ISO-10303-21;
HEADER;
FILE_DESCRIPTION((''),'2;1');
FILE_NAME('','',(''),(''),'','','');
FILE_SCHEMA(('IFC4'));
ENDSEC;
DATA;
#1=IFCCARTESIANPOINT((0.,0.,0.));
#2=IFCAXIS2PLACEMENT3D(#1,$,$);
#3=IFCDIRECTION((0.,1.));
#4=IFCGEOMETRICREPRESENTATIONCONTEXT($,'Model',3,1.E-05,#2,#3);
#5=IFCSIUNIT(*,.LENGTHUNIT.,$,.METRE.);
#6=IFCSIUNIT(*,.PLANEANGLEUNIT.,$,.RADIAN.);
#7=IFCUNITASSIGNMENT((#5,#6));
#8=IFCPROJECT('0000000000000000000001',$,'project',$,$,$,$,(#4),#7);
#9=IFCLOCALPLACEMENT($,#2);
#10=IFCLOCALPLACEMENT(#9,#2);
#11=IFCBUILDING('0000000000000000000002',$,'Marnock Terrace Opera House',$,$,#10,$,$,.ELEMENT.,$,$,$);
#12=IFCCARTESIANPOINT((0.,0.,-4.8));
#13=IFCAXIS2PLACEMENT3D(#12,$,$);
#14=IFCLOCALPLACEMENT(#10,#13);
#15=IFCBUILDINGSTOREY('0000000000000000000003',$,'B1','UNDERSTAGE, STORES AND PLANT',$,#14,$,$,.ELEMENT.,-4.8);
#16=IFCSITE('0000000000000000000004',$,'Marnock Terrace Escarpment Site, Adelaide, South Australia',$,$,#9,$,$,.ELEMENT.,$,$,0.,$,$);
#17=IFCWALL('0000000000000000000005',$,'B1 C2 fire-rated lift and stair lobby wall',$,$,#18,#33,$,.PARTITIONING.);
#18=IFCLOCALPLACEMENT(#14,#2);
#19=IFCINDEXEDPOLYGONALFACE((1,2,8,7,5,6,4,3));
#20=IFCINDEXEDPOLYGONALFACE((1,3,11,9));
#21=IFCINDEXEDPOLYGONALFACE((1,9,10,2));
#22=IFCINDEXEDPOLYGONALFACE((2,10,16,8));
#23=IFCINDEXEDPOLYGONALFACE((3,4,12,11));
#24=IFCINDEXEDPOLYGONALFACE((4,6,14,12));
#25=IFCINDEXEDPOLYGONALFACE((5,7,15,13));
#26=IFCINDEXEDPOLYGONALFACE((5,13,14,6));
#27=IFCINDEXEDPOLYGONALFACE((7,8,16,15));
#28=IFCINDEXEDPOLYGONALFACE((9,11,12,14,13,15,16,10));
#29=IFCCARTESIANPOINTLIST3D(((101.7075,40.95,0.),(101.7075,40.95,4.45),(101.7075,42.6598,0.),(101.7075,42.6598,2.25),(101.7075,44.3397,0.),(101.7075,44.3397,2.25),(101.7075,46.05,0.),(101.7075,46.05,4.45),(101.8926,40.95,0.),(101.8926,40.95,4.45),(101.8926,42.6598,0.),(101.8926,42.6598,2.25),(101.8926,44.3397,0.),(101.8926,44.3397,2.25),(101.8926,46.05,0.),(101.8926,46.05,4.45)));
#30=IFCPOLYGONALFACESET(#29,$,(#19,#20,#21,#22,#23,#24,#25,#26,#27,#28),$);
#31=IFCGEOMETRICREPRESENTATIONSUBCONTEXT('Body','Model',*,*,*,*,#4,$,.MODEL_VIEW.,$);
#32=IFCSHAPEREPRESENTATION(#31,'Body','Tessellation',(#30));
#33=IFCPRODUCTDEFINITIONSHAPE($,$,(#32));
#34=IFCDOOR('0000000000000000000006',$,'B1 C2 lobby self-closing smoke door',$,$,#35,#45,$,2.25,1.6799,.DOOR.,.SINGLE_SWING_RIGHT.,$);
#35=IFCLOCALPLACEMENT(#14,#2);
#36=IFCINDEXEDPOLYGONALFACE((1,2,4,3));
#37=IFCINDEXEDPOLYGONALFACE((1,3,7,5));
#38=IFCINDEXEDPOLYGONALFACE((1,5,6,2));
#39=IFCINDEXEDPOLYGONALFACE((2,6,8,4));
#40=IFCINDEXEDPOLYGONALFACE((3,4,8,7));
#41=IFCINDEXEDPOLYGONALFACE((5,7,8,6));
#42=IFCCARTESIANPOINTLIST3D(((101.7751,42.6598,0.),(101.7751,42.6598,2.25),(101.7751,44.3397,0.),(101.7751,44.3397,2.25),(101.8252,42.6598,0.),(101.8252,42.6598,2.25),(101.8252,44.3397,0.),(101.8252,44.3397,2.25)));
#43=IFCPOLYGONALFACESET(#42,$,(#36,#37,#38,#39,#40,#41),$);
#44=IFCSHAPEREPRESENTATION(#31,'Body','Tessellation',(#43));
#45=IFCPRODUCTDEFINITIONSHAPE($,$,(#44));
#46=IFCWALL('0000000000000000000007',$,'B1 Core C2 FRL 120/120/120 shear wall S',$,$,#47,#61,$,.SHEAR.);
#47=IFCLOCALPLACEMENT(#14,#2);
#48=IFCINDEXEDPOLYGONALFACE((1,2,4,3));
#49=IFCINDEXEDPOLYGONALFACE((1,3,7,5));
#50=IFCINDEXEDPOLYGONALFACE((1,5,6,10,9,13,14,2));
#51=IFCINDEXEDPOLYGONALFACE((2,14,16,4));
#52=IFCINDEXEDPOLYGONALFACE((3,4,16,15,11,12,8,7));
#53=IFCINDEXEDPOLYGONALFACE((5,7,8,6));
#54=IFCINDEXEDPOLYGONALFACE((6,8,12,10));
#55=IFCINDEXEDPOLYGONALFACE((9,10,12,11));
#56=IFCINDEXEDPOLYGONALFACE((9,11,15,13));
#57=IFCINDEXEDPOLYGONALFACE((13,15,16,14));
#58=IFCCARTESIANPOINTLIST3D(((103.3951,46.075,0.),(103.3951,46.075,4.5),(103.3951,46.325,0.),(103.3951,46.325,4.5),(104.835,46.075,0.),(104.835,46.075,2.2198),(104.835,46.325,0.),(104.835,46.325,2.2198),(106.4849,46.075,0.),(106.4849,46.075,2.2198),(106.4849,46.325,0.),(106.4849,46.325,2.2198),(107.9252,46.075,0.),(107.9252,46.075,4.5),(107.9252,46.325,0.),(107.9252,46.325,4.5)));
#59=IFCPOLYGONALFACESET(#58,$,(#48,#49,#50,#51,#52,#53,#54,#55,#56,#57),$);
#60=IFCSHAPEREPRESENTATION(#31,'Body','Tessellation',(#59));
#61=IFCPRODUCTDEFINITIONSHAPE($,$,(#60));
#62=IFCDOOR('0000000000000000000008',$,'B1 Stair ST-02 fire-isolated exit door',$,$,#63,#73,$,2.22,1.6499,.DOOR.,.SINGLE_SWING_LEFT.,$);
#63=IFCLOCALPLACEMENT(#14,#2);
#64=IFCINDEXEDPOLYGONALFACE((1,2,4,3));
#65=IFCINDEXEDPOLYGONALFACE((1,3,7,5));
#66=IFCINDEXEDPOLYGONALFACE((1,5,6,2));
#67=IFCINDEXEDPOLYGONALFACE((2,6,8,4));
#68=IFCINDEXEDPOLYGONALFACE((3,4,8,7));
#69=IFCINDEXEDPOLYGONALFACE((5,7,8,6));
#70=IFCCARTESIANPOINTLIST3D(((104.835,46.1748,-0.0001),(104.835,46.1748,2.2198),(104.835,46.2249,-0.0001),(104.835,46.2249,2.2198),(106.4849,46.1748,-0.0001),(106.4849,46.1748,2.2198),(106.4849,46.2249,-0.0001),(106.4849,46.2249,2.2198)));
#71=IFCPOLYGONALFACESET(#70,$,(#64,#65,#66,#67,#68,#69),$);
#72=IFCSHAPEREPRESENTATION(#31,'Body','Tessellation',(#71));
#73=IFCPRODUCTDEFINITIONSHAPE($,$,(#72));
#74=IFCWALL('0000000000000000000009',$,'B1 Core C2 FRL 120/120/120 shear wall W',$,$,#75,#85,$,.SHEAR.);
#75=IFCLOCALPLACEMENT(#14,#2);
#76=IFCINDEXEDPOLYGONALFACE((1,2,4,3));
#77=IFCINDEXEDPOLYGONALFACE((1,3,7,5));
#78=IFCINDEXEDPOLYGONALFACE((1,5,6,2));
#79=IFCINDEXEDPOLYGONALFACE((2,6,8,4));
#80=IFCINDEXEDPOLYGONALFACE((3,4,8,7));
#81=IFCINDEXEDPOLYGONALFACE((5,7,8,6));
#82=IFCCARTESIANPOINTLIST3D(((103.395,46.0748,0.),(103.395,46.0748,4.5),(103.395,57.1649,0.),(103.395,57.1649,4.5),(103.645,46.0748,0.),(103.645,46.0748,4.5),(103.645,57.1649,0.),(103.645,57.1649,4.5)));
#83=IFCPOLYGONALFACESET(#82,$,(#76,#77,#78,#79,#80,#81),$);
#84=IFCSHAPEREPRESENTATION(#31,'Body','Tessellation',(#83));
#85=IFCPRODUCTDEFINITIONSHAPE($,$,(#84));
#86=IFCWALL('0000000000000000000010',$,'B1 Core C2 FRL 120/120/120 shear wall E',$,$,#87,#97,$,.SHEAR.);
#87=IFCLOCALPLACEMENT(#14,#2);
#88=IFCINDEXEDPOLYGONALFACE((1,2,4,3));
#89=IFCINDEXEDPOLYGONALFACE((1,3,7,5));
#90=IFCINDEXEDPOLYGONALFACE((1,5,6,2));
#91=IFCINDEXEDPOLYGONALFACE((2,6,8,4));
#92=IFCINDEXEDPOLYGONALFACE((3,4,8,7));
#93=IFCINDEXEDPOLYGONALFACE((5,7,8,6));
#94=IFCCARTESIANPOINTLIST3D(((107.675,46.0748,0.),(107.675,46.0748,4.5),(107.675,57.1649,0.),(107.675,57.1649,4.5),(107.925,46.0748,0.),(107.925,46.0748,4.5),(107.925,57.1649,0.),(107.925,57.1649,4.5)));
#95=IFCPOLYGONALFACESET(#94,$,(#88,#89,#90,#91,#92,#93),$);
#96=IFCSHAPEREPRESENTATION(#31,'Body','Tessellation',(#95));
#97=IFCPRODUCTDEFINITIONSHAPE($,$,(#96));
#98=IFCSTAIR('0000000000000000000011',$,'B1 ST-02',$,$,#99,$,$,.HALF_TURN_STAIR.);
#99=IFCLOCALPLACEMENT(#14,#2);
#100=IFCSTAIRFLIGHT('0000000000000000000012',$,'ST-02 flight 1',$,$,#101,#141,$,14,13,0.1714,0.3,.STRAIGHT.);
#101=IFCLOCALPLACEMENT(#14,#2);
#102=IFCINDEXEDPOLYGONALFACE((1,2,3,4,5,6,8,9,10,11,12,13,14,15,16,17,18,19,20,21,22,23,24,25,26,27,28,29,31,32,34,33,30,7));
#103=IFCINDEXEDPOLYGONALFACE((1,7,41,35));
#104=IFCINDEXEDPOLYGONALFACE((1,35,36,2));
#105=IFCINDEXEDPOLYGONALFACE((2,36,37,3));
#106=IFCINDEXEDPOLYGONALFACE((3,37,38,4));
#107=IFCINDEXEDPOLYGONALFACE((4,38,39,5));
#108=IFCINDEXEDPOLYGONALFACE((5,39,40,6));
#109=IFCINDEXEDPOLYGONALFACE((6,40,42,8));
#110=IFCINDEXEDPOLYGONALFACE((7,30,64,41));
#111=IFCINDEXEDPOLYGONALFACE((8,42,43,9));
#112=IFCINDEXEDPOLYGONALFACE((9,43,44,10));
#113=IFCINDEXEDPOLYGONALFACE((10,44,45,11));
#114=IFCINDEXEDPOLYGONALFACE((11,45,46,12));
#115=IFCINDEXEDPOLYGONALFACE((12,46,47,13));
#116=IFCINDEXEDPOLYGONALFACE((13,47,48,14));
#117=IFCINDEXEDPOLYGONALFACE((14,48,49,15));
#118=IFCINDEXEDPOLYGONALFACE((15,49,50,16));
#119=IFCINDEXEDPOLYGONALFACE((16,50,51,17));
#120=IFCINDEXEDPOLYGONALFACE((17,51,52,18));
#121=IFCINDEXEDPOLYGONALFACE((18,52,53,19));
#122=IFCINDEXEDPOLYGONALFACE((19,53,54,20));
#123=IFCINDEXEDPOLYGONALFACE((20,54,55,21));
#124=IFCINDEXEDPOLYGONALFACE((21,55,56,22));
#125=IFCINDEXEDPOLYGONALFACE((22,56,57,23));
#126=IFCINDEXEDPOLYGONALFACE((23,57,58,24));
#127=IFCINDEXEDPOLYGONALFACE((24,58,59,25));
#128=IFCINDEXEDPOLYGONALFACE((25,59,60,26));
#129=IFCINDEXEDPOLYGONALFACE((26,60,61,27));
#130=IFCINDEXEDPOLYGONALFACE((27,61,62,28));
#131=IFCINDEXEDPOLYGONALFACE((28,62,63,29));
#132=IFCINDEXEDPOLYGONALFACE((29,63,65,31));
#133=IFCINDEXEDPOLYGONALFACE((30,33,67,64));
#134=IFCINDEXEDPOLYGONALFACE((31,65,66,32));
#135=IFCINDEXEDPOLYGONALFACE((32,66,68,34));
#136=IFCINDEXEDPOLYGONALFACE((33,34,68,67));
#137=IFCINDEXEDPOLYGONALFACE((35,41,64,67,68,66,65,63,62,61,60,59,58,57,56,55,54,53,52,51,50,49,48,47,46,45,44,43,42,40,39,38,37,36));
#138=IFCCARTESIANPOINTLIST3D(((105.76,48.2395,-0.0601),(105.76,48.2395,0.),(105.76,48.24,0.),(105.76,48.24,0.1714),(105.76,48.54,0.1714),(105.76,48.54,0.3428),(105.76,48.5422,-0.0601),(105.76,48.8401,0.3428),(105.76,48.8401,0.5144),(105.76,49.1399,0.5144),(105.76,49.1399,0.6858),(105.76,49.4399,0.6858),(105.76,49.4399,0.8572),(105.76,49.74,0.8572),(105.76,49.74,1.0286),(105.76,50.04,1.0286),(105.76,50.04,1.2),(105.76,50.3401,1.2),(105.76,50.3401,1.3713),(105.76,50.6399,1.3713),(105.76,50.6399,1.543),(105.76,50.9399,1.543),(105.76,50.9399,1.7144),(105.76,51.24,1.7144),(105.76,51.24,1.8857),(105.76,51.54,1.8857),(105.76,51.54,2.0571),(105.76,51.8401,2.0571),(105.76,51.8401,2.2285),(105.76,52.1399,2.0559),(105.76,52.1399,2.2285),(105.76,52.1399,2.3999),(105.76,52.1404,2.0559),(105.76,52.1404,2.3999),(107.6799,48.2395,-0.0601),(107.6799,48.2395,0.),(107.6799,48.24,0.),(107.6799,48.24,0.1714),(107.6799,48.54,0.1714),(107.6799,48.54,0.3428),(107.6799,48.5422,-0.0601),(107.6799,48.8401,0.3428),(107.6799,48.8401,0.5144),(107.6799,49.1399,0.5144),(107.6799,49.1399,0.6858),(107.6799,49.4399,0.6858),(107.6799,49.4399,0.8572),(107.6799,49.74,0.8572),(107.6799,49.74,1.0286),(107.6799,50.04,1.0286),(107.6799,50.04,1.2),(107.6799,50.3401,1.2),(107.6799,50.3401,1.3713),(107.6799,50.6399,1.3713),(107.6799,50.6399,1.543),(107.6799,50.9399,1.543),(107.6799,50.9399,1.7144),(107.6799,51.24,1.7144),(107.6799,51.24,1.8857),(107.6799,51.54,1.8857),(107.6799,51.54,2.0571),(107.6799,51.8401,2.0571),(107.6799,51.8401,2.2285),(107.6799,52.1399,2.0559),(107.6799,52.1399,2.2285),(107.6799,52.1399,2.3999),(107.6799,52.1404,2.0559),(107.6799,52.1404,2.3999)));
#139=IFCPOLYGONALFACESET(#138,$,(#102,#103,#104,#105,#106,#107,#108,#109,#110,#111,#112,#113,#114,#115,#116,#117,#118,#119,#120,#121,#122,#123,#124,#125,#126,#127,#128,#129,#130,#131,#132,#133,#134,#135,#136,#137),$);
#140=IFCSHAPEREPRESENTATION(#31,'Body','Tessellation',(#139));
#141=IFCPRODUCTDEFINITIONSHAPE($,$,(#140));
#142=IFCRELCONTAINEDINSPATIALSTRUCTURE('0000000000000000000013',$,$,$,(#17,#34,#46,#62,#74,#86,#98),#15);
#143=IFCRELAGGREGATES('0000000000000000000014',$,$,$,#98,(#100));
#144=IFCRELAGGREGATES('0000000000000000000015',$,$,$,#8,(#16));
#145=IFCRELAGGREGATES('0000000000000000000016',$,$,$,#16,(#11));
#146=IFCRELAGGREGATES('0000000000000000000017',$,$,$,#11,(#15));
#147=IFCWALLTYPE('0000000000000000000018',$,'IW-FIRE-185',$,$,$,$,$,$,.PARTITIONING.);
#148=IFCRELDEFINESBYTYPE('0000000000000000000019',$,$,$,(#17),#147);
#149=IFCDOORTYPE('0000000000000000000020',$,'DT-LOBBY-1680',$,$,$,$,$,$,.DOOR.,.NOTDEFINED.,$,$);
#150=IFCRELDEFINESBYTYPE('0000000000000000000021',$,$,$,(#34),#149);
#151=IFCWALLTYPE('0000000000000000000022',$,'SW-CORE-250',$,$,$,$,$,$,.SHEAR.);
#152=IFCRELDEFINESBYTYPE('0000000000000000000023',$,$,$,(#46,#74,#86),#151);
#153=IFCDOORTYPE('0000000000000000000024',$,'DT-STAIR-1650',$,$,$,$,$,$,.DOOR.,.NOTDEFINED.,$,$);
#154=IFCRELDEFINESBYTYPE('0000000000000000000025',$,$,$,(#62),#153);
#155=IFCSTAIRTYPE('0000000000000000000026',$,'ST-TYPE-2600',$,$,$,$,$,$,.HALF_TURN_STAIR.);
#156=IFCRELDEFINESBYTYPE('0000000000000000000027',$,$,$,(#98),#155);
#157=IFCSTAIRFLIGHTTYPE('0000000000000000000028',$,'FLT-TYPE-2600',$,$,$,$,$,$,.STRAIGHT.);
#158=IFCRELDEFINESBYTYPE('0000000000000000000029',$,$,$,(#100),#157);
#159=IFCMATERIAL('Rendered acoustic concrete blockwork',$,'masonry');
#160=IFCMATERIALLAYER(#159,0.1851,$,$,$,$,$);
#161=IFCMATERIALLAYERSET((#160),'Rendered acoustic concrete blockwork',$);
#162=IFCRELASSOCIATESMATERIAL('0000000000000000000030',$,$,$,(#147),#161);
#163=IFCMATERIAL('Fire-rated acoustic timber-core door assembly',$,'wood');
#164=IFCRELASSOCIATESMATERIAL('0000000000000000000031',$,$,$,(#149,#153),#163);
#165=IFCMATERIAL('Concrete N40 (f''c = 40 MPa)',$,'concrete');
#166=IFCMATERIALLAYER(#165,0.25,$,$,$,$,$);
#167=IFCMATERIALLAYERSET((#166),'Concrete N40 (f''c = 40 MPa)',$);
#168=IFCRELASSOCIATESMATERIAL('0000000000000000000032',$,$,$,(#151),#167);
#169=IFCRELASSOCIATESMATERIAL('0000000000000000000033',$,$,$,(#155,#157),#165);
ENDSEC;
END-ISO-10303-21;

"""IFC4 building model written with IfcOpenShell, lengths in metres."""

from ifc_helpers import new_model, si_unit, direction, frame, frame_2d, origin, place, context, subcontext, project, spatial, polyline, rectangle, outline, extrude, material, layer, layer_set, type_object, element, fill, aggregate, save


model = new_model("IFC4")

# Units and contexts
model_context = context("Model", 3, precision=1e-05, world=origin(), true_north=direction((0.0, 1.0)))
body_context = subcontext(model_context, "Body", "Model", "MODEL_VIEW")
ifc_project = project(units=[si_unit("LENGTHUNIT", "METRE"), si_unit("PLANEANGLEUNIT", "RADIAN")], contexts=[model_context])

# Site, building, storey
site_placement = place(None, origin())
site = spatial("IfcSite", under=ifc_project, at=site_placement, Name="Marnock Terrace Escarpment Site, Adelaide, South Australia", CompositionType="ELEMENT", RefElevation=0.0)
building_placement = place(site_placement, origin())
building = spatial("IfcBuilding", under=site, at=building_placement, Name="Marnock Terrace Opera House", CompositionType="ELEMENT")
storey_placement = place(building_placement, frame((0.0, 0.0, -4.8)))
storey = spatial("IfcBuildingStorey", under=building, at=storey_placement, Name="B1", Description="UNDERSTAGE, STORES AND PLANT", CompositionType="ELEMENT", Elevation=-4.8)

# Shared definitions
ifc_material_1 = material(Name="Concrete N40 (f'c = 40 MPa)", Category="concrete")

# Walls, openings, doors
ifc_material_2 = material(Name="Rendered acoustic concrete blockwork", Category="masonry")
ifc_layer_1 = layer(ifc_material_2, 0.1851)
ifc_layer_set_1 = layer_set([ifc_layer_1], Name="Rendered acoustic concrete blockwork")
wall_type_1 = type_object("IfcWallType", Name="IW-FIRE-185", PredefinedType="PARTITIONING", material=ifc_layer_set_1)
wall_1_placement = place(storey_placement, frame((101.8, 40.95, 0.0), z_axis=(0.0, 0.0, 1.0), x_axis=(0.0, 1.0, 0.0)))
wall_1 = element("IfcWall", 1, at=wall_1_placement, inside=storey, type_object=wall_type_1, Name="B1 C2 fire-rated lift and stair lobby wall", PredefinedType="PARTITIONING", context=body_context, shape_type="SweptSolid", body=[
    extrude(rectangle(XDim=5.1001, YDim=0.1851, at=frame_2d((2.55, 0.0))), origin(), (0.0, 0.0, 1.0), 4.45),
])
opening_1_placement = place(wall_1_placement, frame((1.71, 0.0, 0.0)))
opening_1 = element("IfcOpeningElement", 2, at=opening_1_placement, cuts=wall_1, PredefinedType="OPENING", context=body_context, shape_type="SweptSolid", body=[
    extrude(rectangle(XDim=1.6799, YDim=2.25, at=frame_2d((0.8398, 1.125))), frame((0.0, 0.1025, 0.0), z_axis=(0.0, -1.0, 0.0), x_axis=(1.0, 0.0, 0.0)), (0.0, 0.0, 1.0), 0.2051),
])
ifc_material_3 = material(Name="Fire-rated acoustic timber-core door assembly", Category="wood")
door_type_1 = type_object("IfcDoorType", Name="DT-LOBBY-1680", OperationType="NOTDEFINED", PredefinedType="DOOR", material=ifc_material_3)
door_1_placement = place(opening_1_placement, origin())
door_1 = element("IfcDoor", 3, at=door_1_placement, inside=storey, type_object=door_type_1, Name="B1 C2 lobby self-closing smoke door", OperationType="SINGLE_SWING_RIGHT", OverallHeight=2.25, OverallWidth=1.6799, PredefinedType="DOOR", context=body_context, shape_type="SweptSolid", body=[
    extrude(rectangle(XDim=1.6799, YDim=2.25, at=frame_2d((0.8398, 1.125))), frame((0.0, 0.0249, 0.0), z_axis=(0.0, -1.0, 0.0), x_axis=(1.0, 0.0, 0.0)), (0.0, 0.0, 1.0), 0.05),
])
fill(opening_1, door_1)
ifc_layer_2 = layer(ifc_material_1, 0.25)
ifc_layer_set_2 = layer_set([ifc_layer_2], Name="Concrete N40 (f'c = 40 MPa)")
wall_type_2 = type_object("IfcWallType", Name="SW-CORE-250", PredefinedType="SHEAR", material=ifc_layer_set_2)
wall_2_placement = place(storey_placement, frame((103.395, 46.2, 0.0), z_axis=(0.0, 0.0, 1.0), x_axis=(1.0, 0.0, 0.0)))
wall_2 = element("IfcWall", 4, at=wall_2_placement, inside=storey, type_object=wall_type_2, Name="B1 Core C2 FRL 120/120/120 shear wall S", PredefinedType="SHEAR", context=body_context, shape_type="SweptSolid", body=[
    extrude(rectangle(XDim=4.53, YDim=0.25, at=frame_2d((2.2651, 0.0))), origin(), (0.0, 0.0, 1.0), 4.5),
])
opening_2_placement = place(wall_2_placement, frame((1.4399, 0.0, 0.0)))
opening_2 = element("IfcOpeningElement", 5, at=opening_2_placement, cuts=wall_2, PredefinedType="OPENING", context=body_context, shape_type="SweptSolid", body=[
    extrude(rectangle(XDim=1.6499, YDim=2.22, at=frame_2d((0.825, 1.1099))), frame((0.0, 0.135, 0.0), z_axis=(0.0, -1.0, 0.0), x_axis=(1.0, 0.0, 0.0)), (0.0, 0.0, 1.0), 0.27),
])
door_type_2 = type_object("IfcDoorType", Name="DT-STAIR-1650", OperationType="NOTDEFINED", PredefinedType="DOOR", material=ifc_material_3)
door_2_placement = place(opening_2_placement, origin())
door_2 = element("IfcDoor", 6, at=door_2_placement, inside=storey, type_object=door_type_2, Name="B1 Stair ST-02 fire-isolated exit door", OperationType="SINGLE_SWING_LEFT", OverallHeight=2.22, OverallWidth=1.6499, PredefinedType="DOOR", context=body_context, shape_type="SweptSolid", body=[
    extrude(rectangle(XDim=1.6499, YDim=2.22, at=frame_2d((0.825, 1.1099))), frame((0.0, 0.0249, 0.0), z_axis=(0.0, -1.0, 0.0), x_axis=(1.0, 0.0, 0.0)), (0.0, 0.0, 1.0), 0.05),
])
fill(opening_2, door_2)

# Walls
for number, where, z_axis, x_axis, name in (
    (7, (103.52, 46.075, 0.0), (0.0, 0.0, 1.0), (0.0, 1.0, 0.0), "B1 Core C2 FRL 120/120/120 shear wall W"),
    (8, (107.8, 46.075, 0.0), (0.0, 0.0, 1.0), (0.0, 1.0, 0.0), "B1 Core C2 FRL 120/120/120 shear wall E"),
):
    element("IfcWall", number, at=place(storey_placement, frame(where, z_axis=z_axis, x_axis=x_axis)), inside=storey, type_object=wall_type_2, Name=name, PredefinedType="SHEAR", context=body_context, shape_type="SweptSolid", body=[
        extrude(rectangle(XDim=11.0901, YDim=0.25, at=frame_2d((5.5449, 0.0))), origin(), (0.0, 0.0, 1.0), 4.5),
    ])

# Stair, stair flight
stair_type = type_object("IfcStairType", Name="ST-TYPE-2600", PredefinedType="HALF_TURN_STAIR", material=ifc_material_1)
stair_placement = place(storey_placement, origin())
stair = element("IfcStair", 9, at=stair_placement, inside=storey, type_object=stair_type, Name="B1 ST-02", PredefinedType="HALF_TURN_STAIR")
stair_flight_type = type_object("IfcStairFlightType", Name="FLT-TYPE-2600", PredefinedType="STRAIGHT", material=ifc_material_1)
stair_flight_placement = place(storey_placement, frame((106.72, 48.24, 0.0), z_axis=(0.0, 0.0, 1.0), x_axis=(0.0, 1.0, 0.0)))
stair_flight = element("IfcStairFlight", 10, at=stair_flight_placement, type_object=stair_flight_type, Name="ST-02 flight 1", NumberOfRisers=14, NumberOfTreads=13, PredefinedType="STRAIGHT", RiserHeight=0.1714, TreadLength=0.3, context=body_context, shape_type="SweptSolid", body=[
    extrude(outline(polyline([(-0.0005, -0.0601), (-0.0005, 0.0), (0.0, 0.0), (0.0, 0.1714), (0.3, 0.1714), (0.3, 0.3428), (0.6001, 0.3428), (0.6001, 0.5144), (0.8999, 0.5144), (0.8999, 0.6858), (1.2, 0.6858), (1.2, 0.8572), (1.5, 0.8572), (1.5, 1.0286), (1.8, 1.0286), (1.8, 1.2), (2.1001, 1.2), (2.1001, 1.3713), (2.3999, 1.3713), (2.3999, 1.543), (2.7, 1.543), (2.7, 1.7144), (3.0, 1.7144), (3.0, 1.8857), (3.3, 1.8857), (3.3, 2.0571), (3.6001, 2.0571), (3.6001, 2.2285), (3.8999, 2.2285), (3.8999, 2.3999), (3.9004, 2.3999), (3.9004, 2.0559), (3.8999, 2.0559), (0.3022, -0.0601), (-0.0005, -0.0601)])), frame((0.0, 0.96, 0.0), z_axis=(0.0, -1.0, 0.0), x_axis=(1.0, 0.0, 0.0)), (0.0, 0.0, 1.0), 1.9199),
])
aggregate(stair, [stair_flight])

save(model, "model.ifc")
